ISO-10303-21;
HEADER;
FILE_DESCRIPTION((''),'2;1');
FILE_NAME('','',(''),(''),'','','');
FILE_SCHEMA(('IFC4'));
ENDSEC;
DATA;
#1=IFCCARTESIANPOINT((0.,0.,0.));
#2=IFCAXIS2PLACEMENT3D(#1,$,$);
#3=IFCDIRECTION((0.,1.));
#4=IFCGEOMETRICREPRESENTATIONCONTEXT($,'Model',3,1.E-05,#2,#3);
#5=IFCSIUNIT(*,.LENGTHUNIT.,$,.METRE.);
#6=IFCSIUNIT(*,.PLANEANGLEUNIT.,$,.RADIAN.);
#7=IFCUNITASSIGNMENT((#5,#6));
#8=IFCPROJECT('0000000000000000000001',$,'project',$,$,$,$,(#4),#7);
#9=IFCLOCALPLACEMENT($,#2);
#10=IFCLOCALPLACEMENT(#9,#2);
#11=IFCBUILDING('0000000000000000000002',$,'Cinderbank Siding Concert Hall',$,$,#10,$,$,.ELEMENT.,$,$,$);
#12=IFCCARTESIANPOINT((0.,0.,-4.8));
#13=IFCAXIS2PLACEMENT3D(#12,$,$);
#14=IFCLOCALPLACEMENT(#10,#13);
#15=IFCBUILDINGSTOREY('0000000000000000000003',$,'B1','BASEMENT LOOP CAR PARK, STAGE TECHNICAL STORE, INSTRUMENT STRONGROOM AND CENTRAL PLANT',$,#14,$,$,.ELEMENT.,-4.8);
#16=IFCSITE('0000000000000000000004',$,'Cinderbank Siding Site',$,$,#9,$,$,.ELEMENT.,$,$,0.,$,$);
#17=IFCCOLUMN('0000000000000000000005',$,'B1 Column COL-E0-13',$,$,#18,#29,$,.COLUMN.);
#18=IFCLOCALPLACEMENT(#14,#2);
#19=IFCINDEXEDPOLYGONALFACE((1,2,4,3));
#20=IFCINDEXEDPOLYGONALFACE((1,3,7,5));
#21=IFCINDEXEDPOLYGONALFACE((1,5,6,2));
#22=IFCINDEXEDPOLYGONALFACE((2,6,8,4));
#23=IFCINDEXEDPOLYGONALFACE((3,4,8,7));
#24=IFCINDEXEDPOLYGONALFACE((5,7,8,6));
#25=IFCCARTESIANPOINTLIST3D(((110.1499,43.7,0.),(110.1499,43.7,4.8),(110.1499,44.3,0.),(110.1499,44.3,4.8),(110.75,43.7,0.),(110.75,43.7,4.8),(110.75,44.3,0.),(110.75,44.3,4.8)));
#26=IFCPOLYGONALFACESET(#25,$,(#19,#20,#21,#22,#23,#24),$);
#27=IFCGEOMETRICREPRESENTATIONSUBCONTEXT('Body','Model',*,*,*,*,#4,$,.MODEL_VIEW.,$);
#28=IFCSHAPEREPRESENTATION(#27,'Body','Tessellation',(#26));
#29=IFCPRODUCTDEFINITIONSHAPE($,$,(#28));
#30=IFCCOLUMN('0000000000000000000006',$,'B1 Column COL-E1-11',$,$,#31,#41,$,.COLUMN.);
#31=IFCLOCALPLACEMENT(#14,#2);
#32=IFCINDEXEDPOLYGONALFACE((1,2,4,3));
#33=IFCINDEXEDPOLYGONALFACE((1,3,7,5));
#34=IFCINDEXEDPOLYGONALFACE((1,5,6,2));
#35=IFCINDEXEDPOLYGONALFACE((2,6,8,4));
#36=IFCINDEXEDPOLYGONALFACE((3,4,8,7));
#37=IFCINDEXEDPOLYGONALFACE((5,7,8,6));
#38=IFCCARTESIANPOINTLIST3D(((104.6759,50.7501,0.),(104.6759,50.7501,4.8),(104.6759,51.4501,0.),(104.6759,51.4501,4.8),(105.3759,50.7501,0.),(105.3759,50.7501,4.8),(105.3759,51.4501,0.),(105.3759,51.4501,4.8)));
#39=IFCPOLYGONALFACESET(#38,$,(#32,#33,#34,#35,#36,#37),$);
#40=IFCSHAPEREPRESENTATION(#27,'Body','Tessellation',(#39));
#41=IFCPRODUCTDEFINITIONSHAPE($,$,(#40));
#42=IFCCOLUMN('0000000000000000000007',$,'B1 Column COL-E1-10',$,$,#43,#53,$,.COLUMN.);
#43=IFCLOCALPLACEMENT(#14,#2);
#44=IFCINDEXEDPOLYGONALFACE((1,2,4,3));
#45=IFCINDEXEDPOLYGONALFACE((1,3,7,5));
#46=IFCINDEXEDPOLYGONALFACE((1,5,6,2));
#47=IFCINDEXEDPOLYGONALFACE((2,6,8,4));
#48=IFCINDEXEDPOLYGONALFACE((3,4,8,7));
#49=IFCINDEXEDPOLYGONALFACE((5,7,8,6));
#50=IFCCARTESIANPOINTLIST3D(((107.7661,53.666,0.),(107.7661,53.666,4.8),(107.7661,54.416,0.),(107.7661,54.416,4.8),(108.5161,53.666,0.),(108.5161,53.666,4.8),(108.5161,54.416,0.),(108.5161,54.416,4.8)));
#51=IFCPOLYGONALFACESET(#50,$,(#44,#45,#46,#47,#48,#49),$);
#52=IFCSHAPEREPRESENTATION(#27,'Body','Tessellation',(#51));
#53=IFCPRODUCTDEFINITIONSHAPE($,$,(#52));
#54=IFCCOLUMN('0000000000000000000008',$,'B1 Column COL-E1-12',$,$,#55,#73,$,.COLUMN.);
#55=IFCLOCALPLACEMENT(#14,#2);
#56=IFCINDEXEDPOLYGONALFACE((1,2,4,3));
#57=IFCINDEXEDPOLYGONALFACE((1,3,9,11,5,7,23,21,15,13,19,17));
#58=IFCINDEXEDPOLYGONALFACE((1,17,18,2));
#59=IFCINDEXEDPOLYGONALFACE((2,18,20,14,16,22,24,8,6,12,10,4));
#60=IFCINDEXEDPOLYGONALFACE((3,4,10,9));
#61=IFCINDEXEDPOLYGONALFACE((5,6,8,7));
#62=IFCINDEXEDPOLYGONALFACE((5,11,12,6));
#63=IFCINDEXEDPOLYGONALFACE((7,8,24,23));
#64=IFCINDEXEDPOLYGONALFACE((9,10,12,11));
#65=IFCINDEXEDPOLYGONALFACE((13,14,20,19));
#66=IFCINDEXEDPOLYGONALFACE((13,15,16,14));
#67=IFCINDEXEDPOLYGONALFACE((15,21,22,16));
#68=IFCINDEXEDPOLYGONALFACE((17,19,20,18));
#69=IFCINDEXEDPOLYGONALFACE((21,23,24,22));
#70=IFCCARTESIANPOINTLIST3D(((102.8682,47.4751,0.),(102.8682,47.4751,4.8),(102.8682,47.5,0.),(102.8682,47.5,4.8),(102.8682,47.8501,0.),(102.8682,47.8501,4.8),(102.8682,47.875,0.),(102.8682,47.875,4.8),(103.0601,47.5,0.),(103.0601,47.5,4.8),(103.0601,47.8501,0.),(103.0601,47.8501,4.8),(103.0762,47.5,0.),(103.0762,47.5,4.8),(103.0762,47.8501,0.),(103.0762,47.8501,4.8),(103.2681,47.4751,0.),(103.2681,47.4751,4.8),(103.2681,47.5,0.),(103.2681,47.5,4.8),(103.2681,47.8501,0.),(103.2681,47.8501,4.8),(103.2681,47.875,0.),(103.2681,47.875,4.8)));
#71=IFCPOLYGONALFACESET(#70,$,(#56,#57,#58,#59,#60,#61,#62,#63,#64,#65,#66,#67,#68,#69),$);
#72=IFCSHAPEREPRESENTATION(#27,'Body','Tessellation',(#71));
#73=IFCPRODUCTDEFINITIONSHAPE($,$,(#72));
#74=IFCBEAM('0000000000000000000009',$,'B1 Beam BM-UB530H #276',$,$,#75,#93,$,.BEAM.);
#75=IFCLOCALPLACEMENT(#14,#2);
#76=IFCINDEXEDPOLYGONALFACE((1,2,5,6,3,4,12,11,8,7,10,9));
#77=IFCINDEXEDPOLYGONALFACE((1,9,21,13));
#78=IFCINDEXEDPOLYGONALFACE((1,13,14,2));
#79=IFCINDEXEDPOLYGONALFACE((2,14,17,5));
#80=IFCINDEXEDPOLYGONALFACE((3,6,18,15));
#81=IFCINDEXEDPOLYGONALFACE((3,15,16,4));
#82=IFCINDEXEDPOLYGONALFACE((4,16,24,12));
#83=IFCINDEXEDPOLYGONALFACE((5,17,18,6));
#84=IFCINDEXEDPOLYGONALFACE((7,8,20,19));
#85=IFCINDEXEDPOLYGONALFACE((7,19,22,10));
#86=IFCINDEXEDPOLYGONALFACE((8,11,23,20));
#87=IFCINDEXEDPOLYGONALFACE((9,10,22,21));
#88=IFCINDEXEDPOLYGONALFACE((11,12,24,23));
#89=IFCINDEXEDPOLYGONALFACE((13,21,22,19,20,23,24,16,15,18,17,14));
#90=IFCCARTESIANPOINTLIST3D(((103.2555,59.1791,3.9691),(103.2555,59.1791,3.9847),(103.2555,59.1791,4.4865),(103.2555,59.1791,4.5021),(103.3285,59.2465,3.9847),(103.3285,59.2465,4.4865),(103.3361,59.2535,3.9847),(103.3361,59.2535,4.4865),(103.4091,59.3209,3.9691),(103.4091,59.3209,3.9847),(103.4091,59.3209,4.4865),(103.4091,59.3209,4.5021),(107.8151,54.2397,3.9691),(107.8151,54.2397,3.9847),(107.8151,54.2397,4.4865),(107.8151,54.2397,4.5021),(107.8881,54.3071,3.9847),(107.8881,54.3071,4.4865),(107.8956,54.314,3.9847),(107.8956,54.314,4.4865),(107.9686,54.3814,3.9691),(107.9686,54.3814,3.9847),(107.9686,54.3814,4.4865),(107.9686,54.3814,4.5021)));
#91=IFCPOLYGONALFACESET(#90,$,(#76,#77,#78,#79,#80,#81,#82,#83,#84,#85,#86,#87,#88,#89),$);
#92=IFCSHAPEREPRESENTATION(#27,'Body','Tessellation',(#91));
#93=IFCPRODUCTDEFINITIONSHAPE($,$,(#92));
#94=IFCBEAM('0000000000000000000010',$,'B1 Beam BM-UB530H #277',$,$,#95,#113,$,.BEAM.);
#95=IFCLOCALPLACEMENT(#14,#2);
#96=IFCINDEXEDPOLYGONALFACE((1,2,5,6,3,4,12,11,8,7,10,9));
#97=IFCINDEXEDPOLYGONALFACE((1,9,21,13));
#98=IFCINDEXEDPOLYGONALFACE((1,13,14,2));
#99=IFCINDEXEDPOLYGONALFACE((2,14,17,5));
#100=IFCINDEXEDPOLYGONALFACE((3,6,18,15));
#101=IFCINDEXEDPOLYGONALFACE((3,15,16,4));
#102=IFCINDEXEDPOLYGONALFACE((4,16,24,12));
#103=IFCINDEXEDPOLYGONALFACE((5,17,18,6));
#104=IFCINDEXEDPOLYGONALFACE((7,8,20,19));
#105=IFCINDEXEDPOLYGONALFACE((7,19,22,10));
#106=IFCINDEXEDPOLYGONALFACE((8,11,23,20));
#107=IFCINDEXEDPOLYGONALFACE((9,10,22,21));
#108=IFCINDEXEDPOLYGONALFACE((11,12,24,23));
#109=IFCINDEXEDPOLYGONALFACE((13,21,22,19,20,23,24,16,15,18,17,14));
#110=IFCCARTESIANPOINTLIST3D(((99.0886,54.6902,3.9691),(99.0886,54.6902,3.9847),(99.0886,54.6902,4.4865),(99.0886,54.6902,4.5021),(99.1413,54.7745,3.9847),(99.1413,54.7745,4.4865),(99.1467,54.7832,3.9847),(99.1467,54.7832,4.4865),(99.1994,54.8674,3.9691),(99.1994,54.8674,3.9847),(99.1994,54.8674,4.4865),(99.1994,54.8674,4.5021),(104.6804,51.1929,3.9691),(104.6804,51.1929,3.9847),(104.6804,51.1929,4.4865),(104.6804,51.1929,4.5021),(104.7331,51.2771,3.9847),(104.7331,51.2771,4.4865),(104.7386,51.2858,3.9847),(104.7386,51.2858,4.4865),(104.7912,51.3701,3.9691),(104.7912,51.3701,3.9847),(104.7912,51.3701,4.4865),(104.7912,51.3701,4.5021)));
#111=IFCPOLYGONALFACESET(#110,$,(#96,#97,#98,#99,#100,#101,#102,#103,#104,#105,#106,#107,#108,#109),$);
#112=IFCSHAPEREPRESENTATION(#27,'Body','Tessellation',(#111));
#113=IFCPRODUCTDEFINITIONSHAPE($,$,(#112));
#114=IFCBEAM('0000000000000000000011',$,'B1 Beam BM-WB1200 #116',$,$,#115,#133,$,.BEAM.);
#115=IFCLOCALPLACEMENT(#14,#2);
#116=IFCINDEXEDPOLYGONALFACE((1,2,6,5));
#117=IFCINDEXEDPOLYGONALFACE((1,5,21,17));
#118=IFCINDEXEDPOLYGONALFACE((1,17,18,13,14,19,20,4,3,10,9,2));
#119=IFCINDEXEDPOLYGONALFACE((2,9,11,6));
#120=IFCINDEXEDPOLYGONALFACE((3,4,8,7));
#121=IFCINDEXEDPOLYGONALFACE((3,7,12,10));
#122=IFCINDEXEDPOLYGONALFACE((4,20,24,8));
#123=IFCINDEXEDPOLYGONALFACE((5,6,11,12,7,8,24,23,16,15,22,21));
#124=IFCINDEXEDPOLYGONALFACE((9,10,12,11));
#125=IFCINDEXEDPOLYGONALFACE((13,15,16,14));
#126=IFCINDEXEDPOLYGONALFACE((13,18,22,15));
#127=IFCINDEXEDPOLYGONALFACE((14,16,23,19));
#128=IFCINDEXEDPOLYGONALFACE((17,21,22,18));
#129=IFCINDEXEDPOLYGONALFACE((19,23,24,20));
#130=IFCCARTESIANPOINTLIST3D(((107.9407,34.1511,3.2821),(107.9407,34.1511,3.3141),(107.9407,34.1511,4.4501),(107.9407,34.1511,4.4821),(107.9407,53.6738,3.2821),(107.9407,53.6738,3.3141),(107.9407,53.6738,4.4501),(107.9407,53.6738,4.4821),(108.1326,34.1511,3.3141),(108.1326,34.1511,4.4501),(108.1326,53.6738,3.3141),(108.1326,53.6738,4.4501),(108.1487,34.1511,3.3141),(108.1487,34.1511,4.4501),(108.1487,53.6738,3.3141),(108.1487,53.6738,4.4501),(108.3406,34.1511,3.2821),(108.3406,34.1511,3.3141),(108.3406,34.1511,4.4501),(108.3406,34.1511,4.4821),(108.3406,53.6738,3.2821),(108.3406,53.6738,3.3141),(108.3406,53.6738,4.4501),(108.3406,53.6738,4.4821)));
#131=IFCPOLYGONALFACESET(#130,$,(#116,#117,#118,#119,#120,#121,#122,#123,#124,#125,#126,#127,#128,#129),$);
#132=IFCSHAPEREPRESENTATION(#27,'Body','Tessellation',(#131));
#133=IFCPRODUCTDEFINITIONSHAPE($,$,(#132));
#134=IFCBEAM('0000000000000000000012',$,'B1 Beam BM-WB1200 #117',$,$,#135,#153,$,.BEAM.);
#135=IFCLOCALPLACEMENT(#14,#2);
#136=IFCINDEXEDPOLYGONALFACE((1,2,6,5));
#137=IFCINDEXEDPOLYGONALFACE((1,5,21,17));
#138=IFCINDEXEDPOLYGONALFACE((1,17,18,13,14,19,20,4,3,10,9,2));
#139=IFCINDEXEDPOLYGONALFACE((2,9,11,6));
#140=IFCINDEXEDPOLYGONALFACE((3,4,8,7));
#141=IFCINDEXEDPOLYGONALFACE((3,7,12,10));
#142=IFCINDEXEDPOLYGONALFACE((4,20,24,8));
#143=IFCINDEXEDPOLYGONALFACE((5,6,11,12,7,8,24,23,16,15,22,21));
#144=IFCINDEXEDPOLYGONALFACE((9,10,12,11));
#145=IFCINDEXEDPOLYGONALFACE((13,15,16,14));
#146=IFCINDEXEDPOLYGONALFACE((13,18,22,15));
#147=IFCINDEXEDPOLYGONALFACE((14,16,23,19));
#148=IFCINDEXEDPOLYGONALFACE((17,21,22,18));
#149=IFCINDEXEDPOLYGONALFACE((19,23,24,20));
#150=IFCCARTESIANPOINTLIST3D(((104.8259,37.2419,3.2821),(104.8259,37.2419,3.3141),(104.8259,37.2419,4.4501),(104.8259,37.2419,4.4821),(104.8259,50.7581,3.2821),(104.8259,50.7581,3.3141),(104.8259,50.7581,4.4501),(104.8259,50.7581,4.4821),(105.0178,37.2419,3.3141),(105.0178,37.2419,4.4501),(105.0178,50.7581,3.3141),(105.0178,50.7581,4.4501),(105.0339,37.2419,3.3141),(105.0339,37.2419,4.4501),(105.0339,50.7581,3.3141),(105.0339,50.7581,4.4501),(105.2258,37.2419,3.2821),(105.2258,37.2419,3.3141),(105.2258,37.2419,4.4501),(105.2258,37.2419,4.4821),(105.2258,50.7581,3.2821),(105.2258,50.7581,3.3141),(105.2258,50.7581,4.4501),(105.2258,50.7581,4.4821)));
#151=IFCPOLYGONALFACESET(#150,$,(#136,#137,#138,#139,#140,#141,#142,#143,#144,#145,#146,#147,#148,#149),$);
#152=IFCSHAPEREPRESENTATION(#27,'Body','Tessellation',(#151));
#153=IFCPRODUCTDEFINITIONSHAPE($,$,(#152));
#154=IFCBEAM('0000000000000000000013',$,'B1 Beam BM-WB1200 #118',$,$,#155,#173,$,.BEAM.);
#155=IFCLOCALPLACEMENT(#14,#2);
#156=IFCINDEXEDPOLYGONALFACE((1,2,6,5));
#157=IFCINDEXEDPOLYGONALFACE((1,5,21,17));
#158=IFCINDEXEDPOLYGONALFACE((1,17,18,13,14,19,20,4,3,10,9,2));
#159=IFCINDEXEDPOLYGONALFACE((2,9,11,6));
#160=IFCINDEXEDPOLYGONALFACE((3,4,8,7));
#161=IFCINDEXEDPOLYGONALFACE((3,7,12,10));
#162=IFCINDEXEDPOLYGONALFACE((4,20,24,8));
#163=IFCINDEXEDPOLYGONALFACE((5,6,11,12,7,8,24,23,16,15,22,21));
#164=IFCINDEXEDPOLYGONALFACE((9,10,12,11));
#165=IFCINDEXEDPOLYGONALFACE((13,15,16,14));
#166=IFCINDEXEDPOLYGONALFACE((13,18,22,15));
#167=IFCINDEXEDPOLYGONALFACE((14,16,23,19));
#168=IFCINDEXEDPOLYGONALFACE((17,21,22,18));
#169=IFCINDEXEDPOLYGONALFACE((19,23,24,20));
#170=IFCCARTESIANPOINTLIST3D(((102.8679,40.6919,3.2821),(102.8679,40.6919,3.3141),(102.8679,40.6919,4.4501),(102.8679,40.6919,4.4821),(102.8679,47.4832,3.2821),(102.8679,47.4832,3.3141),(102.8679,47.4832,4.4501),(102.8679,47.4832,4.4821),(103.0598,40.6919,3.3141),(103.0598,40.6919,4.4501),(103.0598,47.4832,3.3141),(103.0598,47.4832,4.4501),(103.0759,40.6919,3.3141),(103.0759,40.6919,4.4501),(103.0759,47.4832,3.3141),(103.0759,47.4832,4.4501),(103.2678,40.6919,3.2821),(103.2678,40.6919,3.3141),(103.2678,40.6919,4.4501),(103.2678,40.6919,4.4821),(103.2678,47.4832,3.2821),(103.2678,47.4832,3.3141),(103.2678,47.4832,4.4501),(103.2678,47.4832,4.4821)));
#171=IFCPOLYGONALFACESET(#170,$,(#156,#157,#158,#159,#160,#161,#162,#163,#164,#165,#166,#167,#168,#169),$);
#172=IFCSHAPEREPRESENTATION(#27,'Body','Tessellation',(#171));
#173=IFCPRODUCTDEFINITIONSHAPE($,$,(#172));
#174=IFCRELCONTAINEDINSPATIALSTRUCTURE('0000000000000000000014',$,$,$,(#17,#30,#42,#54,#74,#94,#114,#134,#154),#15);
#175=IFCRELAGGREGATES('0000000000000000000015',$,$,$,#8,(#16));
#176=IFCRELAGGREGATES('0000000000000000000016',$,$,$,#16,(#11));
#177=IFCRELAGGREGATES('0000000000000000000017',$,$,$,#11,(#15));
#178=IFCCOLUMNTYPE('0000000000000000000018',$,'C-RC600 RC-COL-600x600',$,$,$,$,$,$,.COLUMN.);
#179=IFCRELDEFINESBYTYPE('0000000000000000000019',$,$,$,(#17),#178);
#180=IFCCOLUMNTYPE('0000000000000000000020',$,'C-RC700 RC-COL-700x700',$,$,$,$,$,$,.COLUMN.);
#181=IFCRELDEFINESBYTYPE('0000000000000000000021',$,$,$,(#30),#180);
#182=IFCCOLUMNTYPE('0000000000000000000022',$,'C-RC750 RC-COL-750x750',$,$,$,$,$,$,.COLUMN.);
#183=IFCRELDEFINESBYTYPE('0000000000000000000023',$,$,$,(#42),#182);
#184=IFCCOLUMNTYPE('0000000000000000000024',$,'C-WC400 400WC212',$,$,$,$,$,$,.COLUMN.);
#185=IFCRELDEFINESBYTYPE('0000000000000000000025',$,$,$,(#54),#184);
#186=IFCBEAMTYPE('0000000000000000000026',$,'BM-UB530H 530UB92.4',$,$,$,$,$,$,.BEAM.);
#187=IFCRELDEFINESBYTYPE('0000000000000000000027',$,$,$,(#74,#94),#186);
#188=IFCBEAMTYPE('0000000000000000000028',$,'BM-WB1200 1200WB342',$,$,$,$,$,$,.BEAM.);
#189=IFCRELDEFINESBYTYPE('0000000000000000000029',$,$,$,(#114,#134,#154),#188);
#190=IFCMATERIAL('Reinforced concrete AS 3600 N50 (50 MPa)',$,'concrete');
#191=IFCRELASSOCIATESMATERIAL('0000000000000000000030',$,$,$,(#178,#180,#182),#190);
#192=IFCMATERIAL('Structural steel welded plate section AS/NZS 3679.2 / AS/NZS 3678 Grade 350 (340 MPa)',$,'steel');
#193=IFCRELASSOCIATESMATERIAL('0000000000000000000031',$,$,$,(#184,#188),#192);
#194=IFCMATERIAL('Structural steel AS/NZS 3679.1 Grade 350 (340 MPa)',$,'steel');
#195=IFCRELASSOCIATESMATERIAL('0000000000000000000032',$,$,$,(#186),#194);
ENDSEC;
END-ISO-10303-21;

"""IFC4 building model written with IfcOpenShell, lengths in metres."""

from ifc_helpers import new_model, si_unit, direction, frame, origin, origin_2d, place, context, subcontext, project, spatial, rectangle, i_section, extrude, material, material_profile, profile_set, type_object, element, save


model = new_model("IFC4")

# Units and contexts
model_context = context("Model", 3, precision=1e-05, world=origin(), true_north=direction((0.0, 1.0)))
body_context = subcontext(model_context, "Body", "Model", "MODEL_VIEW")
ifc_project = project(units=[si_unit("LENGTHUNIT", "METRE"), si_unit("PLANEANGLEUNIT", "RADIAN")], contexts=[model_context])

# Site, building, storey
site_placement = place(None, origin())
site = spatial("IfcSite", under=ifc_project, at=site_placement, Name="Cinderbank Siding Site", CompositionType="ELEMENT", RefElevation=0.0)
building_placement = place(site_placement, origin())
building = spatial("IfcBuilding", under=site, at=building_placement, Name="Cinderbank Siding Concert Hall", CompositionType="ELEMENT")
storey_placement = place(building_placement, frame((0.0, 0.0, -4.8)))
storey = spatial("IfcBuildingStorey", under=building, at=storey_placement, Name="B1", Description="BASEMENT LOOP CAR PARK, STAGE TECHNICAL STORE, INSTRUMENT STRONGROOM AND CENTRAL PLANT", CompositionType="ELEMENT", Elevation=-4.8)

# Columns
ifc_material_1 = material(Name="Reinforced concrete AS 3600 N50 (50 MPa)", Category="concrete")
ifc_material_profile_1 = material_profile(ifc_material_1, rectangle(XDim=0.6001, YDim=0.6001, at=origin_2d()), Name="RC-COL-600x600", Category="LoadBearing")
ifc_profile_set_1 = profile_set([ifc_material_profile_1], Name="Reinforced concrete AS 3600 N50 (50 MPa)")
column_type_1 = type_object("IfcColumnType", Name="C-RC600 RC-COL-600x600", PredefinedType="COLUMN", material=ifc_profile_set_1)
column_1_placement = place(storey_placement, frame((110.45, 44.0, 0.0), z_axis=(0.0, 0.0, 1.0), x_axis=(1.0, 0.0, 0.0)))
element("IfcColumn", 1, at=column_1_placement, inside=storey, type_object=column_type_1, Name="B1 Column COL-E0-13", PredefinedType="COLUMN", context=body_context, shape_type="SweptSolid", body=[
    extrude(rectangle(XDim=0.6001, YDim=0.6001, at=origin_2d()), origin(), (0.0, 0.0, 1.0), 4.8),
])
ifc_material_profile_2 = material_profile(ifc_material_1, rectangle(XDim=0.7, YDim=0.7, at=origin_2d()), Name="RC-COL-700x700", Category="LoadBearing")
ifc_profile_set_2 = profile_set([ifc_material_profile_2], Name="Reinforced concrete AS 3600 N50 (50 MPa)")
column_type_2 = type_object("IfcColumnType", Name="C-RC700 RC-COL-700x700", PredefinedType="COLUMN", material=ifc_profile_set_2)
column_2_placement = place(storey_placement, frame((105.0259, 51.1001, 0.0), z_axis=(0.0, 0.0, 1.0), x_axis=(1.0, 0.0, 0.0)))
element("IfcColumn", 2, at=column_2_placement, inside=storey, type_object=column_type_2, Name="B1 Column COL-E1-11", PredefinedType="COLUMN", context=body_context, shape_type="SweptSolid", body=[
    extrude(rectangle(XDim=0.7, YDim=0.7, at=origin_2d()), origin(), (0.0, 0.0, 1.0), 4.8),
])
ifc_material_profile_3 = material_profile(ifc_material_1, rectangle(XDim=0.75, YDim=0.75, at=origin_2d()), Name="RC-COL-750x750", Category="LoadBearing")
ifc_profile_set_3 = profile_set([ifc_material_profile_3], Name="Reinforced concrete AS 3600 N50 (50 MPa)")
column_type_3 = type_object("IfcColumnType", Name="C-RC750 RC-COL-750x750", PredefinedType="COLUMN", material=ifc_profile_set_3)
column_3_placement = place(storey_placement, frame((108.1411, 54.041, 0.0), z_axis=(0.0, 0.0, 1.0), x_axis=(1.0, 0.0, 0.0)))
element("IfcColumn", 3, at=column_3_placement, inside=storey, type_object=column_type_3, Name="B1 Column COL-E1-10", PredefinedType="COLUMN", context=body_context, shape_type="SweptSolid", body=[
    extrude(rectangle(XDim=0.75, YDim=0.75, at=origin_2d()), origin(), (0.0, 0.0, 1.0), 4.8),
])
ifc_material_2 = material(Name="Structural steel welded plate section AS/NZS 3679.2 / AS/NZS 3678 Grade 350 (340 MPa)", Category="steel")
ifc_material_profile_4 = material_profile(ifc_material_2, i_section(OverallWidth=0.3999, OverallDepth=0.3999, WebThickness=0.0161, FlangeThickness=0.0249, at=origin_2d()), Name="400WC212", Category="LoadBearing")
ifc_profile_set_4 = profile_set([ifc_material_profile_4], Name="Structural steel welded plate section AS/NZS 3679.2 / AS/NZS 3678 Grade 350 (340 MPa)")
column_type_4 = type_object("IfcColumnType", Name="C-WC400 400WC212", PredefinedType="COLUMN", material=ifc_profile_set_4)
column_4_placement = place(storey_placement, frame((103.0681, 47.675, 0.0), z_axis=(0.0, 0.0, 1.0), x_axis=(1.0, 0.0, 0.0)))
element("IfcColumn", 4, at=column_4_placement, inside=storey, type_object=column_type_4, Name="B1 Column COL-E1-12", PredefinedType="COLUMN", context=body_context, shape_type="SweptSolid", body=[
    extrude(i_section(OverallWidth=0.3999, OverallDepth=0.3999, WebThickness=0.0161, FlangeThickness=0.0249, at=origin_2d()), origin(), (0.0, 0.0, 1.0), 4.8),
])

# Beams
ifc_material_3 = material(Name="Structural steel AS/NZS 3679.1 Grade 350 (340 MPa)", Category="steel")
ifc_material_profile_5 = material_profile(ifc_material_3, i_section(OverallWidth=0.209, OverallDepth=0.533, WebThickness=0.0103, FlangeThickness=0.0156, at=origin_2d()), Name="530UB92.4", Category="LoadBearing")
ifc_profile_set_5 = profile_set([ifc_material_profile_5], Name="Structural steel AS/NZS 3679.1 Grade 350 (340 MPa)")
beam_type_1 = type_object("IfcBeamType", Name="BM-UB530H 530UB92.4", PredefinedType="BEAM", material=ifc_profile_set_5)
beam_1_placement = place(storey_placement, frame((107.8918, 54.3105, 4.2356), z_axis=(-0.678286, 0.734798, 0.0), x_axis=(-0.734798, -0.678286, 0.0)))
element("IfcBeam", 5, at=beam_1_placement, inside=storey, type_object=beam_type_1, Name="B1 Beam BM-UB530H #276", PredefinedType="BEAM", context=body_context, shape_type="SweptSolid", body=[
    extrude(i_section(OverallWidth=0.209, OverallDepth=0.533, WebThickness=0.0103, FlangeThickness=0.0156, at=origin_2d()), origin(), (0.0, 0.0, 1.0), 6.7222),
])
beam_2_placement = place(storey_placement, frame((104.7358, 51.2815, 4.2356), z_axis=(-0.847832, 0.530265, 0.0), x_axis=(-0.530265, -0.847832, 0.0)))
element("IfcBeam", 6, at=beam_2_placement, inside=storey, type_object=beam_type_1, Name="B1 Beam BM-UB530H #277", PredefinedType="BEAM", context=body_context, shape_type="SweptSolid", body=[
    extrude(i_section(OverallWidth=0.209, OverallDepth=0.533, WebThickness=0.0103, FlangeThickness=0.0156, at=origin_2d()), origin(), (0.0, 0.0, 1.0), 6.5955),
])
ifc_material_profile_6 = material_profile(ifc_material_2, i_section(OverallWidth=0.3999, OverallDepth=1.2, WebThickness=0.0161, FlangeThickness=0.032, at=origin_2d()), Name="1200WB342", Category="LoadBearing")
ifc_profile_set_6 = profile_set([ifc_material_profile_6], Name="Structural steel welded plate section AS/NZS 3679.2 / AS/NZS 3678 Grade 350 (340 MPa)")
beam_type_2 = type_object("IfcBeamType", Name="BM-WB1200 1200WB342", PredefinedType="BEAM", material=ifc_profile_set_6)
beam_3_placement = place(storey_placement, frame((108.1406, 53.6738, 3.8821), z_axis=(0.0, -1.0, 0.0), x_axis=(1.0, 0.0, 0.0)))
element("IfcBeam", 7, at=beam_3_placement, inside=storey, type_object=beam_type_2, Name="B1 Beam BM-WB1200 #116", PredefinedType="BEAM", context=body_context, shape_type="SweptSolid", body=[
    extrude(i_section(OverallWidth=0.3999, OverallDepth=1.2, WebThickness=0.0161, FlangeThickness=0.032, at=origin_2d()), origin(), (0.0, 0.0, 1.0), 19.5227),
])
beam_4_placement = place(storey_placement, frame((105.0259, 50.7581, 3.8821), z_axis=(0.0, -1.0, 0.0), x_axis=(1.0, 0.0, 0.0)))
element("IfcBeam", 8, at=beam_4_placement, inside=storey, type_object=beam_type_2, Name="B1 Beam BM-WB1200 #117", PredefinedType="BEAM", context=body_context, shape_type="SweptSolid", body=[
    extrude(i_section(OverallWidth=0.3999, OverallDepth=1.2, WebThickness=0.0161, FlangeThickness=0.032, at=origin_2d()), origin(), (0.0, 0.0, 1.0), 13.5161),
])
beam_5_placement = place(storey_placement, frame((103.0679, 47.4832, 3.8821), z_axis=(0.0, -1.0, 0.0), x_axis=(1.0, 0.0, 0.0)))
element("IfcBeam", 9, at=beam_5_placement, inside=storey, type_object=beam_type_2, Name="B1 Beam BM-WB1200 #118", PredefinedType="BEAM", context=body_context, shape_type="SweptSolid", body=[
    extrude(i_section(OverallWidth=0.3999, OverallDepth=1.2, WebThickness=0.0161, FlangeThickness=0.032, at=origin_2d()), origin(), (0.0, 0.0, 1.0), 6.7913),
])

save(model, "model.ifc")
